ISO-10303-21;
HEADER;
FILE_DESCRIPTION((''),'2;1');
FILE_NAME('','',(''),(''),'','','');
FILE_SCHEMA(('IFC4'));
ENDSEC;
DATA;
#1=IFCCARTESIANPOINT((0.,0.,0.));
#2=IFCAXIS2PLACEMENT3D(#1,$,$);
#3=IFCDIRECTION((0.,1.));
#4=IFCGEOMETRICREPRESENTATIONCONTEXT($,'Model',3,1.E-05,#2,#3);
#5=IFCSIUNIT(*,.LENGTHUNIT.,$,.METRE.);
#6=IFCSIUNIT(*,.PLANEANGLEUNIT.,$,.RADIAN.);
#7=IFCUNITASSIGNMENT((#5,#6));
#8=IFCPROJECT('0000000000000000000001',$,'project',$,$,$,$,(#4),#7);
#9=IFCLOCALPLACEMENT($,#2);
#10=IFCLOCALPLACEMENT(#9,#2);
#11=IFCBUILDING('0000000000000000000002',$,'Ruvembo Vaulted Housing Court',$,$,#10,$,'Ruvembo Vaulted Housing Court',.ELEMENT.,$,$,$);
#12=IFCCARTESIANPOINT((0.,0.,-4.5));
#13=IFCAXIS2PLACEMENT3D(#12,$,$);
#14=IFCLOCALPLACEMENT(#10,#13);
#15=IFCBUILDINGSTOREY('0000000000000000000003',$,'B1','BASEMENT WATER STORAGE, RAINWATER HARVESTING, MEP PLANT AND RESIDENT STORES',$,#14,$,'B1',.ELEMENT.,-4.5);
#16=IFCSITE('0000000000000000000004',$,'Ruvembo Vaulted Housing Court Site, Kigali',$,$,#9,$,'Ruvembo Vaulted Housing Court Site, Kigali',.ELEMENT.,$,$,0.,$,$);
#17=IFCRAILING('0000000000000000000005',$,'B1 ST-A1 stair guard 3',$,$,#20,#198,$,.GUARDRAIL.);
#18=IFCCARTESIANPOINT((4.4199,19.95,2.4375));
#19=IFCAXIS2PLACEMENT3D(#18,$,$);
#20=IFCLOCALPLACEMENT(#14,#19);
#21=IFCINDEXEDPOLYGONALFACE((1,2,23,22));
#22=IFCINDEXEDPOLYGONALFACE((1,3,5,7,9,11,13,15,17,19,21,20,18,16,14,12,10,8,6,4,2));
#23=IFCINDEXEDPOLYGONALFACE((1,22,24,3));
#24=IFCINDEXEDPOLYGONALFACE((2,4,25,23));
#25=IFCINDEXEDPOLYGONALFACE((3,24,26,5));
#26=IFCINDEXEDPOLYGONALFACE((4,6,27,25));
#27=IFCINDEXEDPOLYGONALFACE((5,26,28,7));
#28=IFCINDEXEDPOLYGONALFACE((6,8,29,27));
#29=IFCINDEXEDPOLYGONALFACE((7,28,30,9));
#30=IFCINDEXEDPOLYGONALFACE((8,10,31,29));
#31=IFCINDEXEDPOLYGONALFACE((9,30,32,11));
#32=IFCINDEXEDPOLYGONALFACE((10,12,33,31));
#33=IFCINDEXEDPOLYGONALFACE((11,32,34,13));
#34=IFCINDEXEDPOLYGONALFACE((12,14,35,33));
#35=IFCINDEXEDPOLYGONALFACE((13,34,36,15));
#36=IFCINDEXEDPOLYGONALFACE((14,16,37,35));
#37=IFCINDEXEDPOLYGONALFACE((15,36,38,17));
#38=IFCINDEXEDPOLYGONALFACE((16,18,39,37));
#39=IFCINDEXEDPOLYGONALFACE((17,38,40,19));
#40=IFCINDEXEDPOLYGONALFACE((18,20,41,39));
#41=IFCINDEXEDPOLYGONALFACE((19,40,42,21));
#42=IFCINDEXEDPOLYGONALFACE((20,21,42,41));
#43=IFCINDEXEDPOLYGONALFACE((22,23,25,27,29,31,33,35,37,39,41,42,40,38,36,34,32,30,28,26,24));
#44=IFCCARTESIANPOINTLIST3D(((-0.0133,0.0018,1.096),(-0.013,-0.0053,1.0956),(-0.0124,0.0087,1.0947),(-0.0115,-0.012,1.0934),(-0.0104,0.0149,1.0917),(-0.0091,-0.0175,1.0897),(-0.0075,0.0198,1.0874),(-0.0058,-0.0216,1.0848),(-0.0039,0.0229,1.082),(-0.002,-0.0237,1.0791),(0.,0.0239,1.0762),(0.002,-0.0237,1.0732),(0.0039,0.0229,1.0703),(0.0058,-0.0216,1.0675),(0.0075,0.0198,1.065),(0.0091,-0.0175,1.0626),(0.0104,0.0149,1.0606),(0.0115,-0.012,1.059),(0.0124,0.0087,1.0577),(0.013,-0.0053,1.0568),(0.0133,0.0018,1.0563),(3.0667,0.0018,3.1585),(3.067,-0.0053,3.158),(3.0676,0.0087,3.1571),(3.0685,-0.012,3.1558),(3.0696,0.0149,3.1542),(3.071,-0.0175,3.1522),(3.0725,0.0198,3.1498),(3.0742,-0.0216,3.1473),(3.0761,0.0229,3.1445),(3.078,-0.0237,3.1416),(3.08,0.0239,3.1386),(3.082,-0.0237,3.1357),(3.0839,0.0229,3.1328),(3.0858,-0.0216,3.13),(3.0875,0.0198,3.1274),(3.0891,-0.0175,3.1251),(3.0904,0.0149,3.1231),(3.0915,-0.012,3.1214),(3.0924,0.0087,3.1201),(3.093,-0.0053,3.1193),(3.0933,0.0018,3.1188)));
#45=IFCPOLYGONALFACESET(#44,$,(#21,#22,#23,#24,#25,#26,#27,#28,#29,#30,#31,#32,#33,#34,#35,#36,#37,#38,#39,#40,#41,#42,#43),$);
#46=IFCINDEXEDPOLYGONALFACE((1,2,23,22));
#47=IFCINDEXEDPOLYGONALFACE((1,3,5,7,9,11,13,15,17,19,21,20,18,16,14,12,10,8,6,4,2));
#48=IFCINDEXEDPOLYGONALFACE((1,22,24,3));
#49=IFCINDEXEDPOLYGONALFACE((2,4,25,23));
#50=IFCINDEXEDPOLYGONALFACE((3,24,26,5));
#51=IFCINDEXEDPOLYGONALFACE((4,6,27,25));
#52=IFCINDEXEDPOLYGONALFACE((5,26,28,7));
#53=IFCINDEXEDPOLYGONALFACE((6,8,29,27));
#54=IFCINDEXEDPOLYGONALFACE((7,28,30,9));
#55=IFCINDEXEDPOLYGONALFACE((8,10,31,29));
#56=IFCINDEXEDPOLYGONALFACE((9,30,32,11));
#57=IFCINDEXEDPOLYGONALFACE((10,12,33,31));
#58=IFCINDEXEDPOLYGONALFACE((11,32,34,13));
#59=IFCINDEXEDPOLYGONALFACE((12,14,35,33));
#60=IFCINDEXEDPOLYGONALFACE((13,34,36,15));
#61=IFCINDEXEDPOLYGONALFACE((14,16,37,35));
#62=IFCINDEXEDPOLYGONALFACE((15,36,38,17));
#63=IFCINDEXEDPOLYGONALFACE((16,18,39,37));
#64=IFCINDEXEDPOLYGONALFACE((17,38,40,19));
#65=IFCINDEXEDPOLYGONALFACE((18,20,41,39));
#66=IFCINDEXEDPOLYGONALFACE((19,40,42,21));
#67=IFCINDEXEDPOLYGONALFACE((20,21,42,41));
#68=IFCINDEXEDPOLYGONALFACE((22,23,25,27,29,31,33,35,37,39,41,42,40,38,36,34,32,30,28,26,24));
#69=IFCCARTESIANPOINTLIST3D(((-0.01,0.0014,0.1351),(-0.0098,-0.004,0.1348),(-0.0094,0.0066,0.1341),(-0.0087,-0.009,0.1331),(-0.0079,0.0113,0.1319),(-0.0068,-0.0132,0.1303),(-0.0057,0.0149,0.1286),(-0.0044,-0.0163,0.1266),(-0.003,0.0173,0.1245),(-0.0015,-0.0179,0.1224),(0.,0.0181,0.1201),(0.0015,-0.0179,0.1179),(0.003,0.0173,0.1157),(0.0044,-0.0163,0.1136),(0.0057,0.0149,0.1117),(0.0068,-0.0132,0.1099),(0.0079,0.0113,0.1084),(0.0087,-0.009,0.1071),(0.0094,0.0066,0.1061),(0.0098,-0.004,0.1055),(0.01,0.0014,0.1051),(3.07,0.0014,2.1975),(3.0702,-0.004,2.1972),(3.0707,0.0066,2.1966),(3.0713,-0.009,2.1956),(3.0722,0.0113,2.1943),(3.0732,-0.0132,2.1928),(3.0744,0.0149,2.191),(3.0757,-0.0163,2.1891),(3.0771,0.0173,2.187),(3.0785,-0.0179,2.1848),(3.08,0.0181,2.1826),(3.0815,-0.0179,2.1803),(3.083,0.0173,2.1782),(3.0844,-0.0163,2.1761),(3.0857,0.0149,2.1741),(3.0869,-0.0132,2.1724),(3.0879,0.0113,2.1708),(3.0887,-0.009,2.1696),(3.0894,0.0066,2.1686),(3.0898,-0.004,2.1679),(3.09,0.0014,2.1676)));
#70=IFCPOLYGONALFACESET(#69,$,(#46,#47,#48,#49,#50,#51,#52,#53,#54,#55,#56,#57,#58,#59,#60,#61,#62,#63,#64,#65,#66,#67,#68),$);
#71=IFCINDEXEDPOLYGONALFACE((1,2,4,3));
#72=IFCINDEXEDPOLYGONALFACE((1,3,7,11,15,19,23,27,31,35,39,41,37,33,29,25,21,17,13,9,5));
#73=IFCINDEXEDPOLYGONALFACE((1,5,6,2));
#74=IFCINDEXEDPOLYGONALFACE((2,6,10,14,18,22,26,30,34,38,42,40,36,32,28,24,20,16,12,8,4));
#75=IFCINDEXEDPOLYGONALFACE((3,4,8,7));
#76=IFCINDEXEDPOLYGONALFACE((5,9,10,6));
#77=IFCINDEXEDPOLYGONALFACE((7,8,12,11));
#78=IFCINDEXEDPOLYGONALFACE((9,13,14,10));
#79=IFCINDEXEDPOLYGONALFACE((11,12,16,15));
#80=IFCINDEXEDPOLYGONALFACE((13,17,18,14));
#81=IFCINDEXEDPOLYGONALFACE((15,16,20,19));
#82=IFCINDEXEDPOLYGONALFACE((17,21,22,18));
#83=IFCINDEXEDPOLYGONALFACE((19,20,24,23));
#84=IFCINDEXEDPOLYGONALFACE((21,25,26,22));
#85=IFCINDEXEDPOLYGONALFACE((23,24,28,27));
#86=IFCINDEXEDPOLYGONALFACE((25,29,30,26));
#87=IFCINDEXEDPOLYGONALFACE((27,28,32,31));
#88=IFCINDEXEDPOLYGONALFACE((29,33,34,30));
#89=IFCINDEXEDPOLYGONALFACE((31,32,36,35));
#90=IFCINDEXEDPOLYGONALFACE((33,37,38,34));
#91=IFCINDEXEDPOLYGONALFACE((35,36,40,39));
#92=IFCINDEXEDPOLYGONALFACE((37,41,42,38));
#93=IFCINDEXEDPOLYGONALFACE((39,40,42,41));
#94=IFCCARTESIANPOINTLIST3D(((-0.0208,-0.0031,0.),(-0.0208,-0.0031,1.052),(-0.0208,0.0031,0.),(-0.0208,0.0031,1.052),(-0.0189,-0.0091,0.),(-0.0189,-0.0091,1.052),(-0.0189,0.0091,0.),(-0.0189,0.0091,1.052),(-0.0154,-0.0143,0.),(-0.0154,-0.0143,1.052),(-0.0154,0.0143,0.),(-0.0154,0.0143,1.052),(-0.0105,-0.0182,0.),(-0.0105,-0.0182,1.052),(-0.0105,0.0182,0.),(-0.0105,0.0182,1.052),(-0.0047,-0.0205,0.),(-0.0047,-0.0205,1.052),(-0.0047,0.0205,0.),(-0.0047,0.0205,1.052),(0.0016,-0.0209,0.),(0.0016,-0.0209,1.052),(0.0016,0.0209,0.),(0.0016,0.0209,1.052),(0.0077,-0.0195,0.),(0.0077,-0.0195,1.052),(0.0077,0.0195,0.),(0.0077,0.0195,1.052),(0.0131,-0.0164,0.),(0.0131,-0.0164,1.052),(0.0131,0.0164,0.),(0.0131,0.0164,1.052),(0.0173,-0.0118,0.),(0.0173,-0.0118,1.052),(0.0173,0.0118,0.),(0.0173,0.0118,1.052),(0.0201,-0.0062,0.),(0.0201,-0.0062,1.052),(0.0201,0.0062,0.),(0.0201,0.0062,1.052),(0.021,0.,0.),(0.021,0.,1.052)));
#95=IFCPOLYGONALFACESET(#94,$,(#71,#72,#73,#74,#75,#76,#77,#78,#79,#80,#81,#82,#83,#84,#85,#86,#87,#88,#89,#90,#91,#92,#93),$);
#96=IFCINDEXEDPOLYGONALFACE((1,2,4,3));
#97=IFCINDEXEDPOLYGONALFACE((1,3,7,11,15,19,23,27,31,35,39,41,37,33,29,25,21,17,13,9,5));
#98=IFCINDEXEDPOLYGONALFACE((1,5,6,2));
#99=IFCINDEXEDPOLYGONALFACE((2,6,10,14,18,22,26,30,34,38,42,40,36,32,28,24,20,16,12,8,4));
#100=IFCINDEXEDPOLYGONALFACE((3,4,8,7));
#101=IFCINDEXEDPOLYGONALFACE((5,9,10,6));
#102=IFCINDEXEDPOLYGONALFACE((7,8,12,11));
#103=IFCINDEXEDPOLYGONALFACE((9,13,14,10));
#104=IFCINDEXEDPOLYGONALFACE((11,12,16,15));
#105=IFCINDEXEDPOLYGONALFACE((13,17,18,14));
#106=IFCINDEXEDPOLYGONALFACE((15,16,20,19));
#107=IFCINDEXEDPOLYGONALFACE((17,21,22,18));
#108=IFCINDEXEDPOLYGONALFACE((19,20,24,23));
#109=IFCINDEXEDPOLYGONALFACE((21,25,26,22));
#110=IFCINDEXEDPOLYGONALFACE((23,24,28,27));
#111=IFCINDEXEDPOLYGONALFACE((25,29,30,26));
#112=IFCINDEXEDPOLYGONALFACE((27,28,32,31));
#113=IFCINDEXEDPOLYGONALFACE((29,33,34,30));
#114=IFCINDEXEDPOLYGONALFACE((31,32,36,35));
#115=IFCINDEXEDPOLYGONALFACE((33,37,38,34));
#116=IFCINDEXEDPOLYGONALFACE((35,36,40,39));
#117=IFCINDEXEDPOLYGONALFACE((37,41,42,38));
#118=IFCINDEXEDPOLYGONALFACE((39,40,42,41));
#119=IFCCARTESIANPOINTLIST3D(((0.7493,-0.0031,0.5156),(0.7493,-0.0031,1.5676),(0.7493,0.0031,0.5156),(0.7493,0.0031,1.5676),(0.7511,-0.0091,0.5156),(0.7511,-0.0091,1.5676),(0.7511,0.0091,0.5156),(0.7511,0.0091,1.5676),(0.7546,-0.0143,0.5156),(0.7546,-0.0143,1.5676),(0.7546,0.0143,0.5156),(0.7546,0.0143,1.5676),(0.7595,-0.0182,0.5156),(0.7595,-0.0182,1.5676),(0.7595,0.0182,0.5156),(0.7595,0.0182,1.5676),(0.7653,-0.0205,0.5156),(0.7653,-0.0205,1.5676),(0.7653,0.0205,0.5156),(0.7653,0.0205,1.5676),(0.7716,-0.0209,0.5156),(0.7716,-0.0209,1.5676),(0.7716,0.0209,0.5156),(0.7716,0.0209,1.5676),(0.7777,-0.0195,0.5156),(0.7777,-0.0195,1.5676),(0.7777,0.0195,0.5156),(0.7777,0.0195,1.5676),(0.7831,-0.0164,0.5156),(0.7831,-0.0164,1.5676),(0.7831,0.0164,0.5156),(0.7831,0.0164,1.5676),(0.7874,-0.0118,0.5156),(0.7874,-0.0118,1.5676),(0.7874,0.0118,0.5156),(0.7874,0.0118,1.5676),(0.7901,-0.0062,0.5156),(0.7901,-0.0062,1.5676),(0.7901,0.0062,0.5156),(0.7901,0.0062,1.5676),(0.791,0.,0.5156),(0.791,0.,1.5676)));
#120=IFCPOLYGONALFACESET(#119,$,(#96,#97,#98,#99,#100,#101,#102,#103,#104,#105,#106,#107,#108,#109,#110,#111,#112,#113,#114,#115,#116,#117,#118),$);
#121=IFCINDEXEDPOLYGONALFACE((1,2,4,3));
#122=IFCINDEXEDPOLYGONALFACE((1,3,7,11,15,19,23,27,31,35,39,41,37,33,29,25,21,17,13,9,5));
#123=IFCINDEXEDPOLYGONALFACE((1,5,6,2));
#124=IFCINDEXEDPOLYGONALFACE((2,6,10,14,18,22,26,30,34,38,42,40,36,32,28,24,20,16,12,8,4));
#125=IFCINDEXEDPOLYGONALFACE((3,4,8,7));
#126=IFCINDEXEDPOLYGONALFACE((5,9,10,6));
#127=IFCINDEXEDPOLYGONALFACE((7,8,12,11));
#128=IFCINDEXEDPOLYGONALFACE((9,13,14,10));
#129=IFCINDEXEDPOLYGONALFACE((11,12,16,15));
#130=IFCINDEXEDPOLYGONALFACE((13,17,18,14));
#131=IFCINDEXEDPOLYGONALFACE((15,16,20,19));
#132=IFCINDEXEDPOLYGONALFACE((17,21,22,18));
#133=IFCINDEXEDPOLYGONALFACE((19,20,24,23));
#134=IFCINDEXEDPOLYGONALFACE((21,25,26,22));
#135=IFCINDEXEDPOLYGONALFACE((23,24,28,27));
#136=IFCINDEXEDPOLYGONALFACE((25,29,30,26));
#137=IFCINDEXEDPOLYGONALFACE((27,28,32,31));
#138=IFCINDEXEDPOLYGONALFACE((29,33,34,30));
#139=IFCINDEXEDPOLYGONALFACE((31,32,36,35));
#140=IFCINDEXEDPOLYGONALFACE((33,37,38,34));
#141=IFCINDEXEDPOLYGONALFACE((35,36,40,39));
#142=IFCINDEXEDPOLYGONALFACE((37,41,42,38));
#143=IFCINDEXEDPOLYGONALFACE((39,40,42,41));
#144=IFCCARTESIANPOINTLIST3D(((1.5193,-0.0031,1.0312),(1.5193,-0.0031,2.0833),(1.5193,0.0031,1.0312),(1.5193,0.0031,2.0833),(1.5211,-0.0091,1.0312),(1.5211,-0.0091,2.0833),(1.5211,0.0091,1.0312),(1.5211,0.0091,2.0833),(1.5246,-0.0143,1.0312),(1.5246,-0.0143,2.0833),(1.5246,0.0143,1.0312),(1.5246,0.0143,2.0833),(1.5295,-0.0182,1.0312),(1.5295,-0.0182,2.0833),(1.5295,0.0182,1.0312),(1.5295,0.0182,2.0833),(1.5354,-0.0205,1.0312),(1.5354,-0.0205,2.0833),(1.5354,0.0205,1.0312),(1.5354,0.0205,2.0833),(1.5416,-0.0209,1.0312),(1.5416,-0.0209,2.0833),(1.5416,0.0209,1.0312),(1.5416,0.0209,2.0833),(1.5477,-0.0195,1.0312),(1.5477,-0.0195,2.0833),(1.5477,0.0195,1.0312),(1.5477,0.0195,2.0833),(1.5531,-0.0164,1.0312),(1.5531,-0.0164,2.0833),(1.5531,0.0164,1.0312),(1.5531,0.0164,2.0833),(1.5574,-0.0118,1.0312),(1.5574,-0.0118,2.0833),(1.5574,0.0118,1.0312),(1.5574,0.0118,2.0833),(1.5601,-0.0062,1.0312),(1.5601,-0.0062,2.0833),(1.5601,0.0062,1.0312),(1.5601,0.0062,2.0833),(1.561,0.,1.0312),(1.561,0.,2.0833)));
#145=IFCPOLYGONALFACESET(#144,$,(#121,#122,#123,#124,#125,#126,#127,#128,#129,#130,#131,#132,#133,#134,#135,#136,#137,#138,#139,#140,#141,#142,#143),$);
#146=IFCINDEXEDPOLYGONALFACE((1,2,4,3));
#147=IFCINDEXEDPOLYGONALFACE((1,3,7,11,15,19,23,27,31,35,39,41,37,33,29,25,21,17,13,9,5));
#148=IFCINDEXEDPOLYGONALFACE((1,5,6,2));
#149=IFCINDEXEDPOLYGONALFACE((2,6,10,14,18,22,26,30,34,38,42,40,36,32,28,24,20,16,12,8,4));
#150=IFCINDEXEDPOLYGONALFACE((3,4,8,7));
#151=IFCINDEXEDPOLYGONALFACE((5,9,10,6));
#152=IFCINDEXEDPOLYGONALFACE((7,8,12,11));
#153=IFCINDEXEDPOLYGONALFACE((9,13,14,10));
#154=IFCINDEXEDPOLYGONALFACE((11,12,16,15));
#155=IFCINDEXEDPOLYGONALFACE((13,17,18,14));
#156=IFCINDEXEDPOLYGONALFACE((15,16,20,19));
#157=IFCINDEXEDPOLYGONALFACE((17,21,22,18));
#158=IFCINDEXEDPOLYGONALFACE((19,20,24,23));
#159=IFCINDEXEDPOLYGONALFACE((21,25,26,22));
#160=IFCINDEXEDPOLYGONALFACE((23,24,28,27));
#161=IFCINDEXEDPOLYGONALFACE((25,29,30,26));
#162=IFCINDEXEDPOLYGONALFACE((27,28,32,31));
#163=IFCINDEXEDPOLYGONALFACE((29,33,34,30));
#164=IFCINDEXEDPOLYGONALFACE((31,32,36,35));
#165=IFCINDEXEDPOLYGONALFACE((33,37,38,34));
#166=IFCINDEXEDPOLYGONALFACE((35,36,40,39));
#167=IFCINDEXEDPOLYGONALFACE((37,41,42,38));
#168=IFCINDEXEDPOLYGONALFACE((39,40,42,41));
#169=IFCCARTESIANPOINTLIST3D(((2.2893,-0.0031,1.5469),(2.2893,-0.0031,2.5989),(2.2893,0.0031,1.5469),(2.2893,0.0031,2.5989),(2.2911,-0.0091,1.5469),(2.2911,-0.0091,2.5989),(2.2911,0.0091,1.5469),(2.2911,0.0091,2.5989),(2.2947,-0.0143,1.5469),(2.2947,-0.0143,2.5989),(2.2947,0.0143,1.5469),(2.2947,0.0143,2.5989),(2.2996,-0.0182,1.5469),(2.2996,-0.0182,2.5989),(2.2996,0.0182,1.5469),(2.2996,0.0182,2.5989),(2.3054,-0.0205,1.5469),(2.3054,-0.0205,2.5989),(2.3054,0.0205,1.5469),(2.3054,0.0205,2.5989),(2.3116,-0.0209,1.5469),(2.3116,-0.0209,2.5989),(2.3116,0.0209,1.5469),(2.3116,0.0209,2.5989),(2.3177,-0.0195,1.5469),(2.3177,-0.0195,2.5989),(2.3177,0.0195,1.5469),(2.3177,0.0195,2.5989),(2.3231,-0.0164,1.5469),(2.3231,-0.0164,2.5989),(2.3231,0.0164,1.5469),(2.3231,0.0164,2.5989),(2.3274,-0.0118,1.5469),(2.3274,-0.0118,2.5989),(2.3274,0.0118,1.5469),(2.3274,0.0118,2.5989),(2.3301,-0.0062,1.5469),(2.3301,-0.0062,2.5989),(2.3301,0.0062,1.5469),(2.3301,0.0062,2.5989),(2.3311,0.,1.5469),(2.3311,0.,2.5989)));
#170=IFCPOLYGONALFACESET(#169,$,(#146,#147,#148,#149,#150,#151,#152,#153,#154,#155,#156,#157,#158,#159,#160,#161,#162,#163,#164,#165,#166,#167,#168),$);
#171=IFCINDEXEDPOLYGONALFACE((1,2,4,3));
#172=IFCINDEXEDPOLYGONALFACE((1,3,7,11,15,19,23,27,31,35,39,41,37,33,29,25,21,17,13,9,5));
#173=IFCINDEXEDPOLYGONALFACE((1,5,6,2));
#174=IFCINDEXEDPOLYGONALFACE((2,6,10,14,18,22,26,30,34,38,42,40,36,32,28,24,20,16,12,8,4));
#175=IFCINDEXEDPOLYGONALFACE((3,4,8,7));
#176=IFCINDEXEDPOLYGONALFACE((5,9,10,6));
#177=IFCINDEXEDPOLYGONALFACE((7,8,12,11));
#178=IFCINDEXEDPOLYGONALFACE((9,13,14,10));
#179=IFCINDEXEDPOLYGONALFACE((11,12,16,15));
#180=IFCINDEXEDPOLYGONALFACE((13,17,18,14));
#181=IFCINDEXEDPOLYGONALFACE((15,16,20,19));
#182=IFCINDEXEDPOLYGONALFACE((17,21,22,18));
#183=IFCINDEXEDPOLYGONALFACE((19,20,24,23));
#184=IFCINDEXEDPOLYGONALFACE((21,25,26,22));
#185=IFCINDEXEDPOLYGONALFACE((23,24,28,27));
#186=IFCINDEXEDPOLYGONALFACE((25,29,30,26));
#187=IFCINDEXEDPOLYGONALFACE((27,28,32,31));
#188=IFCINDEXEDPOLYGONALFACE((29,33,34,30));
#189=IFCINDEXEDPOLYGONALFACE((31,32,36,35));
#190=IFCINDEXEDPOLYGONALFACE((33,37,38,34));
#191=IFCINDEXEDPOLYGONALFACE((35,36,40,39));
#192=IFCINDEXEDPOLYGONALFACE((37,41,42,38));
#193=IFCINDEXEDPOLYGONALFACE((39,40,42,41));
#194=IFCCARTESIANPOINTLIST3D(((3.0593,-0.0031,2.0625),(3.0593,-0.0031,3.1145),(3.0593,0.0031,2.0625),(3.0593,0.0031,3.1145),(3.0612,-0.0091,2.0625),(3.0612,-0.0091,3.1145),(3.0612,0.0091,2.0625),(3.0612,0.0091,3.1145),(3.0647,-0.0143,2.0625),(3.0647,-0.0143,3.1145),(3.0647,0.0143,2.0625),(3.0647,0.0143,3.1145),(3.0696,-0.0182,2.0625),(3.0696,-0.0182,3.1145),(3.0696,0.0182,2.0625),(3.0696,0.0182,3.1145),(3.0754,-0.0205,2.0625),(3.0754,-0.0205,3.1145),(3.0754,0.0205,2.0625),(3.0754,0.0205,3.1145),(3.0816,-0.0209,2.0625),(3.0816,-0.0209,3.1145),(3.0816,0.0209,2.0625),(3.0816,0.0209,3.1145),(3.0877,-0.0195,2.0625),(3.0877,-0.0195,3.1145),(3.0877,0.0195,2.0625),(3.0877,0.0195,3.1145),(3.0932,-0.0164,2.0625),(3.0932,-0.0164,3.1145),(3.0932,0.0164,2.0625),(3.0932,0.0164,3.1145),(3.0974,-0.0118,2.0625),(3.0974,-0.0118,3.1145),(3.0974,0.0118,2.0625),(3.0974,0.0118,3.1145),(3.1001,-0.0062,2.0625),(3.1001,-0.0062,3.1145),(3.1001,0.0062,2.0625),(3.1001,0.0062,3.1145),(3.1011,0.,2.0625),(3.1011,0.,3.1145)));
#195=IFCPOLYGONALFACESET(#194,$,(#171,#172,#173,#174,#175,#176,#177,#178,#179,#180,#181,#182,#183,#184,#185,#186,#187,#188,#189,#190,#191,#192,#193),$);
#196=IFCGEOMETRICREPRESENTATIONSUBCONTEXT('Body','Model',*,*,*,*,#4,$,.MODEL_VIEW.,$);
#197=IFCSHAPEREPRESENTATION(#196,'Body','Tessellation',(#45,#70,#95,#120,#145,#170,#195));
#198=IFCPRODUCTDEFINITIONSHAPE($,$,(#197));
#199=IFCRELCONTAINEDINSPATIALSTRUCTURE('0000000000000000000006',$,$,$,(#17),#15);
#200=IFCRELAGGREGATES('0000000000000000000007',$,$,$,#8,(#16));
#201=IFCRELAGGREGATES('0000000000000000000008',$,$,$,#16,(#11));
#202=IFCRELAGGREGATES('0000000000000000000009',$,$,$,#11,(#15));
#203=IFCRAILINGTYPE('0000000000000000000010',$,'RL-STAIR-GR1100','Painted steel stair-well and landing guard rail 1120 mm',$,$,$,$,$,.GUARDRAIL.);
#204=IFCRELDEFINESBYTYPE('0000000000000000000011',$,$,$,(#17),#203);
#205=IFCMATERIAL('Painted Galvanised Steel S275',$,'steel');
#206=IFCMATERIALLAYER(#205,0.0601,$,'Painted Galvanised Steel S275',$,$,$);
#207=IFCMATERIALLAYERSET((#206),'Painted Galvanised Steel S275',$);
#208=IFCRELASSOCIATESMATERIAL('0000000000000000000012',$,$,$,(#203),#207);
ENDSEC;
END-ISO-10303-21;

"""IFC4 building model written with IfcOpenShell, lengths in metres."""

from ifc_helpers import new_model, si_unit, direction, frame, origin, origin_2d, place, context, subcontext, project, spatial, circle, extrude, material, layer, layer_set, type_object, element, save


model = new_model("IFC4")

# Units and contexts
model_context = context("Model", 3, precision=1e-05, world=origin(), true_north=direction((0.0, 1.0)))
body_context = subcontext(model_context, "Body", "Model", "MODEL_VIEW")
ifc_project = project(units=[si_unit("LENGTHUNIT", "METRE"), si_unit("PLANEANGLEUNIT", "RADIAN")], contexts=[model_context])

# Site, building, storey
site_placement = place(None, origin())
site = spatial("IfcSite", under=ifc_project, at=site_placement, Name="Ruvembo Vaulted Housing Court Site, Kigali", LongName="Ruvembo Vaulted Housing Court Site, Kigali", CompositionType="ELEMENT", RefElevation=0.0)
building_placement = place(site_placement, origin())
building = spatial("IfcBuilding", under=site, at=building_placement, Name="Ruvembo Vaulted Housing Court", LongName="Ruvembo Vaulted Housing Court", CompositionType="ELEMENT")
storey_placement = place(building_placement, frame((0.0, 0.0, -4.5)))
storey = spatial("IfcBuildingStorey", under=building, at=storey_placement, Name="B1", Description="BASEMENT WATER STORAGE, RAINWATER HARVESTING, MEP PLANT AND RESIDENT STORES", LongName="B1", CompositionType="ELEMENT", Elevation=-4.5)

# Railing
ifc_material_1 = material(Name="Painted Galvanised Steel S275", Category="steel")
ifc_layer_1 = layer(ifc_material_1, 0.0601, Name="Painted Galvanised Steel S275")
ifc_layer_set_1 = layer_set([ifc_layer_1], Name="Painted Galvanised Steel S275")
railing_type_1 = type_object("IfcRailingType", Name="RL-STAIR-GR1100", Description="Painted steel stair-well and landing guard rail 1120 mm", PredefinedType="GUARDRAIL", material=ifc_layer_set_1)
railing_1_placement = place(storey_placement, frame((4.4199, 19.95, 2.4375)))
element("IfcRailing", 1, at=railing_1_placement, inside=storey, type_object=railing_type_1, Name="B1 ST-A1 stair guard 3", PredefinedType="GUARDRAIL", context=body_context, shape_type="SweptSolid", body=[
    extrude(circle(Radius=0.0239, at=origin_2d()), frame((0.0, 0.0, 1.0762), z_axis=(0.830914, 0.0, 0.556401), x_axis=(0.0, 1.0, 0.0)), (0.0, 0.0, 1.0), 3.7068),
    extrude(circle(Radius=0.0181, at=origin_2d()), frame((0.0, 0.0, 0.1201), z_axis=(0.830914, 0.0, 0.556401), x_axis=(0.0, 1.0, 0.0)), (0.0, 0.0, 1.0), 3.7068),
    extrude(circle(Radius=0.021, at=origin_2d()), origin(), (0.0, 0.0, 1.0), 1.052),
    extrude(circle(Radius=0.021, at=origin_2d()), frame((0.77, 0.0, 0.5156)), (0.0, 0.0, 1.0), 1.052),
    extrude(circle(Radius=0.021, at=origin_2d()), frame((1.54, 0.0, 1.0312)), (0.0, 0.0, 1.0), 1.052),
    extrude(circle(Radius=0.021, at=origin_2d()), frame((2.3101, 0.0, 1.5469)), (0.0, 0.0, 1.0), 1.052),
    extrude(circle(Radius=0.021, at=origin_2d()), frame((3.0801, 0.0, 2.0625)), (0.0, 0.0, 1.0), 1.052),
])

save(model, "model.ifc")
